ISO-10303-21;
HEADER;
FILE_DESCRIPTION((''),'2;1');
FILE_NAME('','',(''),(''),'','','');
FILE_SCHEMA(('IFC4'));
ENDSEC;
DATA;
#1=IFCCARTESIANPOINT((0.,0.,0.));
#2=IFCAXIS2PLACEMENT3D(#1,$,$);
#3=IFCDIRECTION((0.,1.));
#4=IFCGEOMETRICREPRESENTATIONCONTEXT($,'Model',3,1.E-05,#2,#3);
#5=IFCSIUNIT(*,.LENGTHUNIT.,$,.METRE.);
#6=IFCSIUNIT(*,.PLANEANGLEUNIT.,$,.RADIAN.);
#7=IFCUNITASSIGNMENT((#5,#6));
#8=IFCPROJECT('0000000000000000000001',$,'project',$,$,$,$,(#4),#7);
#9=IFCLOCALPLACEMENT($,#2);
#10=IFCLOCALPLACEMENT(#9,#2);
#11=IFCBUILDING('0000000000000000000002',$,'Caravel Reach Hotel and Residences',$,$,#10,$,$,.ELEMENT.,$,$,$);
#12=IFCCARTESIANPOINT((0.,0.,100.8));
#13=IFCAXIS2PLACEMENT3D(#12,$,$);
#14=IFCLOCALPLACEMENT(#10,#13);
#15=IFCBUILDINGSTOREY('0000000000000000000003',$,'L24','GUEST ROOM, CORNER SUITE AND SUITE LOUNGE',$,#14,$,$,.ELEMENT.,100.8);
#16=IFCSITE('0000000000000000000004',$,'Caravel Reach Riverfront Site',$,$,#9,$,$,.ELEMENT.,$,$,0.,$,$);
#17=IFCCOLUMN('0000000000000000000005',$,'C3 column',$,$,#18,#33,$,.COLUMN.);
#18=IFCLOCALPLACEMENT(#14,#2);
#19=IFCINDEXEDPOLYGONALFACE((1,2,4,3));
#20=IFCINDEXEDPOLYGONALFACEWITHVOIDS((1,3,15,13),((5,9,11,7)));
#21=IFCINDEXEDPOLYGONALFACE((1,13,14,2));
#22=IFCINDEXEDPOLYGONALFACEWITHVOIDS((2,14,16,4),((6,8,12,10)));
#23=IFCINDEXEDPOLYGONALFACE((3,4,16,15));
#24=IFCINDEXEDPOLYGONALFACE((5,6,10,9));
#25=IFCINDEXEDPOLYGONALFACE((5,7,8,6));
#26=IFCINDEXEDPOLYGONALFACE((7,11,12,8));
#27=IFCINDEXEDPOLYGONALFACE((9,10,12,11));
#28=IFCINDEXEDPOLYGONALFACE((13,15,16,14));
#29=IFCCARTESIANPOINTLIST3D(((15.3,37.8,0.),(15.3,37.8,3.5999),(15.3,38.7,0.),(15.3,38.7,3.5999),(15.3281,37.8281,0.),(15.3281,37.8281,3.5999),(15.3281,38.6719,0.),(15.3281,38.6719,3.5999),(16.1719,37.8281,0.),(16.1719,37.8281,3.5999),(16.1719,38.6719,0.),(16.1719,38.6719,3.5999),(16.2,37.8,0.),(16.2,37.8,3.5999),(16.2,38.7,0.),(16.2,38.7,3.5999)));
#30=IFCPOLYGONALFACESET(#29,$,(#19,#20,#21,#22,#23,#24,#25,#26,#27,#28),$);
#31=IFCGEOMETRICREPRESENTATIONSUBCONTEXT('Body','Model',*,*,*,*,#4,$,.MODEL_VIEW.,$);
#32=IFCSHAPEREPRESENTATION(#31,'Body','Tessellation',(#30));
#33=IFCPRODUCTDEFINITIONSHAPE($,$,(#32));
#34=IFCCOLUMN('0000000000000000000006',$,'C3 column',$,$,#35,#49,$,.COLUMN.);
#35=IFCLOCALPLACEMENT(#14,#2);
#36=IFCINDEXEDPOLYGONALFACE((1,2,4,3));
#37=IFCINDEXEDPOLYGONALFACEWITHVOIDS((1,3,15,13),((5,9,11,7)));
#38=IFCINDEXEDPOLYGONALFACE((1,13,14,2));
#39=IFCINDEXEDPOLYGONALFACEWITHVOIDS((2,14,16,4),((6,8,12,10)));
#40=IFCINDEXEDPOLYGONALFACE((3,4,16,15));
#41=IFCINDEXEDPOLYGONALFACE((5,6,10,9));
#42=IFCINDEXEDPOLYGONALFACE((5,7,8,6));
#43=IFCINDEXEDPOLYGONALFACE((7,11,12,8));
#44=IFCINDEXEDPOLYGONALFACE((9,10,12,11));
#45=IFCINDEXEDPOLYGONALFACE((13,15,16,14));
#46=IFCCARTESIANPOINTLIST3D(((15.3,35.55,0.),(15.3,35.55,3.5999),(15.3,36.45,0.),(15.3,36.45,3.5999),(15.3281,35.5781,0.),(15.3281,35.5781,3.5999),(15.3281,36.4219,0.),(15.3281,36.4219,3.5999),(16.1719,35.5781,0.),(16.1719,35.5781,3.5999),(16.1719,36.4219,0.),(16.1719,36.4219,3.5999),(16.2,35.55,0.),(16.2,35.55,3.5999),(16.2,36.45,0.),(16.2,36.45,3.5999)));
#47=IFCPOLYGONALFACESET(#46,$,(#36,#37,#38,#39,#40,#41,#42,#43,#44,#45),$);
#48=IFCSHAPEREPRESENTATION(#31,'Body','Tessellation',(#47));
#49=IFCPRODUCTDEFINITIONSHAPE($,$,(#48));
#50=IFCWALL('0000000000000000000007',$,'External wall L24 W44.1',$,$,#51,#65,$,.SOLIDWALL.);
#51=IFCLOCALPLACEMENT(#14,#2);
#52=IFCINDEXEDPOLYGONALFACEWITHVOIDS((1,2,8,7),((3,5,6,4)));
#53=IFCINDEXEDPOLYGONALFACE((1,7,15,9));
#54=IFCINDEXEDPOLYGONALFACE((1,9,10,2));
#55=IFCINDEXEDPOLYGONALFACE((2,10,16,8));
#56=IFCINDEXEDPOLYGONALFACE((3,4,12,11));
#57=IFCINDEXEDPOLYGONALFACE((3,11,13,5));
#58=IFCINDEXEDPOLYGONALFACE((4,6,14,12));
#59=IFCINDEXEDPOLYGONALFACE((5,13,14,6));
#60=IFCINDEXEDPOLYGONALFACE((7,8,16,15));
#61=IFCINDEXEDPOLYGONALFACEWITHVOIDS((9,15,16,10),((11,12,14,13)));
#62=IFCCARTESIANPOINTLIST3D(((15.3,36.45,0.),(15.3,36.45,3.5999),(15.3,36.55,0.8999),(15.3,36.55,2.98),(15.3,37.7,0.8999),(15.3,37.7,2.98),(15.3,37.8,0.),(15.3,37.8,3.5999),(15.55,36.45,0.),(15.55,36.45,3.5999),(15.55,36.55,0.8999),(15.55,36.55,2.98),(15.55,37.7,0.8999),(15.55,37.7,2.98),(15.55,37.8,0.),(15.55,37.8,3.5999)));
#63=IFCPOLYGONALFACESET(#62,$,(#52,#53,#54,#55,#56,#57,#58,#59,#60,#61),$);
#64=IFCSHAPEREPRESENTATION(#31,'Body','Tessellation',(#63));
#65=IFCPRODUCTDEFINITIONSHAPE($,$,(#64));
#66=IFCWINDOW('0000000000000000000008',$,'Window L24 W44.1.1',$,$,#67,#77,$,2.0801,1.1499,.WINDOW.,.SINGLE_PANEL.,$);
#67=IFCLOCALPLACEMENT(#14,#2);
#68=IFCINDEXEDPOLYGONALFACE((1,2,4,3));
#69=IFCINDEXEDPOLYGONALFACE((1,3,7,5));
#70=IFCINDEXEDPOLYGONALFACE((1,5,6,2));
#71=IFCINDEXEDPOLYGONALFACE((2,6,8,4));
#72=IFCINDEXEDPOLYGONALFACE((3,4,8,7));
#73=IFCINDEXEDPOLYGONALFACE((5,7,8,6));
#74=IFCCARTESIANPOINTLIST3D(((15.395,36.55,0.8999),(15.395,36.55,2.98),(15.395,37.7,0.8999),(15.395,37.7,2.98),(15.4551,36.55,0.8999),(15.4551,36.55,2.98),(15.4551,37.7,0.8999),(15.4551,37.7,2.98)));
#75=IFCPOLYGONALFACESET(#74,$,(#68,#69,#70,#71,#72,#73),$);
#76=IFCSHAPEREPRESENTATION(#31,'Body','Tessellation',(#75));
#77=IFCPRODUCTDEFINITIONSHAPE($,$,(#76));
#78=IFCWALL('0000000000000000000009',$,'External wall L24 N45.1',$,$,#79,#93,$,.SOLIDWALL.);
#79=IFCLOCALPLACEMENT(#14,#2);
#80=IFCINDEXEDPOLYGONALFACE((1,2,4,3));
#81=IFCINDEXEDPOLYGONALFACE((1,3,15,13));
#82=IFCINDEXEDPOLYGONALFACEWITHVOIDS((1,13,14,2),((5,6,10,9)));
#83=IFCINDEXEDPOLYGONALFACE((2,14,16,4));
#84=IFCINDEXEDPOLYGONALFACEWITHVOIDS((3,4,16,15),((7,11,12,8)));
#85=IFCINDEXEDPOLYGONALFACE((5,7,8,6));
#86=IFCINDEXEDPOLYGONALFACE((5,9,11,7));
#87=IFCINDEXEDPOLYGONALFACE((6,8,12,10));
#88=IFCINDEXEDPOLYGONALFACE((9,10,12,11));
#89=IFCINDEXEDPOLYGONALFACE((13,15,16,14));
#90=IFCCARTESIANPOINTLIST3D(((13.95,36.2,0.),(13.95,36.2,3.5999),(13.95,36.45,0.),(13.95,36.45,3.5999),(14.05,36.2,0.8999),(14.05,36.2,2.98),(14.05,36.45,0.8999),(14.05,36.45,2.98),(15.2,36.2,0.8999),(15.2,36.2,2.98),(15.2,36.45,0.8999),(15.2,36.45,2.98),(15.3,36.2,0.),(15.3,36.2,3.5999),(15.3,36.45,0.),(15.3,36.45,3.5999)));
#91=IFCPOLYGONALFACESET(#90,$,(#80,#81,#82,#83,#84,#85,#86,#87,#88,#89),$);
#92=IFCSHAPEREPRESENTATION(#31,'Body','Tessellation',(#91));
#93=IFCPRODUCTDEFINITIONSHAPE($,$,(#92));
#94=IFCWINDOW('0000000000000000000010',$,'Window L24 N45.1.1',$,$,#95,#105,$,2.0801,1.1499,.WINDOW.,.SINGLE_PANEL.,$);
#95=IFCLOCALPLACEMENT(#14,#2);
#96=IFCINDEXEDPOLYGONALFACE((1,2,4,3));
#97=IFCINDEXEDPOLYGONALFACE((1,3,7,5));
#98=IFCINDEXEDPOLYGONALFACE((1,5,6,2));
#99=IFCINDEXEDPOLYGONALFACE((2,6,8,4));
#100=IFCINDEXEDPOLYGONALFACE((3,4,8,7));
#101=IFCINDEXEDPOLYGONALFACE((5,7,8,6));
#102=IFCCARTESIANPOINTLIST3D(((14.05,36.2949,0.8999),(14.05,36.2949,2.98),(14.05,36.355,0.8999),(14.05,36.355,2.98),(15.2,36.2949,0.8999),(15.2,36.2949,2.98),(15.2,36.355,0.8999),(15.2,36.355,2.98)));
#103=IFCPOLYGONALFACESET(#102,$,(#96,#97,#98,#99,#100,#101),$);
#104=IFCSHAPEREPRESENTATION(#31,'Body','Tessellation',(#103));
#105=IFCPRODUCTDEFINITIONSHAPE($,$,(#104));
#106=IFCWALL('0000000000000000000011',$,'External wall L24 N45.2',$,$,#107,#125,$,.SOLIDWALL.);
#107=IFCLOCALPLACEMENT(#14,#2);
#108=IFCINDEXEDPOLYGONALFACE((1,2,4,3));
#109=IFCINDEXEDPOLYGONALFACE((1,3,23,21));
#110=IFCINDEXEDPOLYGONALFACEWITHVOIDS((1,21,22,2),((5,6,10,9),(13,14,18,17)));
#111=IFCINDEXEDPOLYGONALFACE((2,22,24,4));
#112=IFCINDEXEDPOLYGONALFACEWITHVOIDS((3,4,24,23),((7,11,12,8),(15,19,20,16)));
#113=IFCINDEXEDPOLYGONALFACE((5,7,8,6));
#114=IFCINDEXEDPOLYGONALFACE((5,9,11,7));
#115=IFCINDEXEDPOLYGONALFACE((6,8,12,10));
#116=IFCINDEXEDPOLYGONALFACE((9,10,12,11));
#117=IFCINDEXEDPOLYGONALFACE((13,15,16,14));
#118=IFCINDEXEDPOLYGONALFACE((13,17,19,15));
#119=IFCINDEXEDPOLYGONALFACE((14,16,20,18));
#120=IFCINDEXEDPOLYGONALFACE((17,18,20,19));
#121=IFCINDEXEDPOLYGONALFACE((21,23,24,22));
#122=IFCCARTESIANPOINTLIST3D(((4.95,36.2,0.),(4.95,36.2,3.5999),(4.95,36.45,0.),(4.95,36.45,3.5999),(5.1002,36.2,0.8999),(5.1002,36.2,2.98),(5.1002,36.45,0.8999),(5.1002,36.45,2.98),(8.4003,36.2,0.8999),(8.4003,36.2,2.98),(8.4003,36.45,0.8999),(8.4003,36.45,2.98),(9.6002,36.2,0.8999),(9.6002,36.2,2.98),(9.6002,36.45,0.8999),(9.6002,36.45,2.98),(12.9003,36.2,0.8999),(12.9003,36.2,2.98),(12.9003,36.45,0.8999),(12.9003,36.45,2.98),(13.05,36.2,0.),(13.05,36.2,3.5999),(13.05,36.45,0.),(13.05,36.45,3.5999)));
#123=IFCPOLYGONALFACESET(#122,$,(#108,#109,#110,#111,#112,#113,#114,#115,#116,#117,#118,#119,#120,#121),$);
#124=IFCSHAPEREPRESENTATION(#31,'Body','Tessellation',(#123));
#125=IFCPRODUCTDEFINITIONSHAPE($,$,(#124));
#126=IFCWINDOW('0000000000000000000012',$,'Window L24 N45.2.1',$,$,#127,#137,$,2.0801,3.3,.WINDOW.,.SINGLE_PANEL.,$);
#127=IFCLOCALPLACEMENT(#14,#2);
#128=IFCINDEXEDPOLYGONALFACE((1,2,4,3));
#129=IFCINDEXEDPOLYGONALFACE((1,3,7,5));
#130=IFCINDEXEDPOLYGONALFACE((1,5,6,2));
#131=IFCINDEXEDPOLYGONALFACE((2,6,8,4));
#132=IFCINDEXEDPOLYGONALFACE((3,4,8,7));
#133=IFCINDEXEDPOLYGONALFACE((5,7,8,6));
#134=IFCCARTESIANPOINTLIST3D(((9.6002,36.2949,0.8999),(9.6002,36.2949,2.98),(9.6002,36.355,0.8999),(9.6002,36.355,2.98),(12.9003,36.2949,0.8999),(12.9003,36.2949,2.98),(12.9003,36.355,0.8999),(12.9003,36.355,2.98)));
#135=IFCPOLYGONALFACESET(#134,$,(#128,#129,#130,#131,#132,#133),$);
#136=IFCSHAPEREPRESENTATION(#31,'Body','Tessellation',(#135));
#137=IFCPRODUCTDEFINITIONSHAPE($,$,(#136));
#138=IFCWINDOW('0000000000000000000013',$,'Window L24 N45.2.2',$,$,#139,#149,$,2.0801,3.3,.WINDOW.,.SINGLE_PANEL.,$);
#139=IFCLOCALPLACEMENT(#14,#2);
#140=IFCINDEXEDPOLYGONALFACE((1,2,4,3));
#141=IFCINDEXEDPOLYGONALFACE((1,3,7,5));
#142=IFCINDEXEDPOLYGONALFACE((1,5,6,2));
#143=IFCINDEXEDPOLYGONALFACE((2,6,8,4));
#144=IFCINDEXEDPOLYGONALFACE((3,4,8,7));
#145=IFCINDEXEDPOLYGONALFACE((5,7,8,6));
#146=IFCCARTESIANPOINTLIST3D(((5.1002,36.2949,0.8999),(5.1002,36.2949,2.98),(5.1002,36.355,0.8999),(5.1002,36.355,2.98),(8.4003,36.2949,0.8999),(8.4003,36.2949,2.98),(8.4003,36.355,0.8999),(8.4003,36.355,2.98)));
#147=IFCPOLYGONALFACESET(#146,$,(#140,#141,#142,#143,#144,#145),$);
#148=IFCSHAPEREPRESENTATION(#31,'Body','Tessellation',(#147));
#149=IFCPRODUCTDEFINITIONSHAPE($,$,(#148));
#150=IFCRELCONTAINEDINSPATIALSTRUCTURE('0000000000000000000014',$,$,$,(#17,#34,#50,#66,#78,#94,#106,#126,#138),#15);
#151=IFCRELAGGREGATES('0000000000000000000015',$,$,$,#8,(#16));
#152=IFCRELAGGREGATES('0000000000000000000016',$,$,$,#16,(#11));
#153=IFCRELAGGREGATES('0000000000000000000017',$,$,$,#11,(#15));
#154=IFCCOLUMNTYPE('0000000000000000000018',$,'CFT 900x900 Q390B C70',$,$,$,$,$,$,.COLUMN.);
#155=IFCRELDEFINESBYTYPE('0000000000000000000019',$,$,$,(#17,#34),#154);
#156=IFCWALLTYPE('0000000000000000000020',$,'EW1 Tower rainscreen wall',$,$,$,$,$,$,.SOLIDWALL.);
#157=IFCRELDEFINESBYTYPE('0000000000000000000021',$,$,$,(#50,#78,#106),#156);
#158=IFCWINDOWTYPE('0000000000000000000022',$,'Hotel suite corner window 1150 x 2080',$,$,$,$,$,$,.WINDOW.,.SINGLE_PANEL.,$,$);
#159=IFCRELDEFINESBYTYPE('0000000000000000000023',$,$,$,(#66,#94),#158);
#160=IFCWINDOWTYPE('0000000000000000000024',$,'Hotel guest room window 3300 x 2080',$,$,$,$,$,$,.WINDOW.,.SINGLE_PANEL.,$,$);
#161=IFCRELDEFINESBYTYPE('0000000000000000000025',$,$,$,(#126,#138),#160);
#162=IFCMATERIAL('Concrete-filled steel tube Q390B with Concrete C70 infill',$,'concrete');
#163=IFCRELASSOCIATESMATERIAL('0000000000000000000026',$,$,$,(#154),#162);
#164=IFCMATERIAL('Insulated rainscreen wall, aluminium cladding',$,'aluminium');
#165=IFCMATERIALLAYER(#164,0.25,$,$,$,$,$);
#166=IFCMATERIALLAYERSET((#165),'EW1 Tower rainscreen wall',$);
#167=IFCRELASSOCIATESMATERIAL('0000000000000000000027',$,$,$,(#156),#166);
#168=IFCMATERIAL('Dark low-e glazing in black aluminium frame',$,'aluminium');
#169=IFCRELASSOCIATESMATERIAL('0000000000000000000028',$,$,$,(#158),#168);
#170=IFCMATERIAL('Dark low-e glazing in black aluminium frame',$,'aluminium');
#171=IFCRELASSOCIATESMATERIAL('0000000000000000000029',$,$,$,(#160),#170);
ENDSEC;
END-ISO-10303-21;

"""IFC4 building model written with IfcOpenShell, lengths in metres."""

from ifc_helpers import new_model, si_unit, direction, frame, frame_2d, origin, origin_2d, place, context, subcontext, project, spatial, rectangle, hollow_rectangle, extrude, material, layer, layer_set, material_profile, profile_set, type_object, element, fill, save


model = new_model("IFC4")

# Units and contexts
model_context = context("Model", 3, precision=1e-05, world=origin(), true_north=direction((0.0, 1.0)))
body_context = subcontext(model_context, "Body", "Model", "MODEL_VIEW")
ifc_project = project(units=[si_unit("LENGTHUNIT", "METRE"), si_unit("PLANEANGLEUNIT", "RADIAN")], contexts=[model_context])

# Site, building, storey
site_placement = place(None, origin())
site = spatial("IfcSite", under=ifc_project, at=site_placement, Name="Caravel Reach Riverfront Site", CompositionType="ELEMENT", RefElevation=0.0)
building_placement = place(site_placement, origin())
building = spatial("IfcBuilding", under=site, at=building_placement, Name="Caravel Reach Hotel and Residences", CompositionType="ELEMENT")
storey_placement = place(building_placement, frame((0.0, 0.0, 100.8)))
storey = spatial("IfcBuildingStorey", under=building, at=storey_placement, Name="L24", Description="GUEST ROOM, CORNER SUITE AND SUITE LOUNGE", CompositionType="ELEMENT", Elevation=100.8)

# Columns
ifc_material_1 = material(Name="Concrete-filled steel tube Q390B with Concrete C70 infill", Category="concrete")
ifc_material_profile = material_profile(ifc_material_1, hollow_rectangle(XDim=0.8999, YDim=0.8999, WallThickness=0.0281, at=origin_2d()), Name="RHS 900x900x28")
ifc_profile_set = profile_set([ifc_material_profile], Name="Concrete-filled steel tube Q390B with Concrete C70 infill")
column_type = type_object("IfcColumnType", Name="CFT 900x900 Q390B C70", PredefinedType="COLUMN", material=ifc_profile_set)
for number, where, z_axis, x_axis, name in (
    (1, (15.75, 38.25, 0.0), (0.0, 0.0, 1.0), (1.0, 0.0, 0.0), "C3 column"),
    (2, (15.75, 36.0, 0.0), (0.0, 0.0, 1.0), (1.0, 0.0, 0.0), "C3 column"),
):
    element("IfcColumn", number, at=place(storey_placement, frame(where, z_axis=z_axis, x_axis=x_axis)), inside=storey, type_object=column_type, Name=name, PredefinedType="COLUMN", context=body_context, shape_type="SweptSolid", body=[
        extrude(hollow_rectangle(XDim=0.8999, YDim=0.8999, WallThickness=0.0281, at=origin_2d()), origin(), (0.0, 0.0, 1.0), 3.5999),
    ])

# Walls, openings, windows
ifc_material_2 = material(Name="Insulated rainscreen wall, aluminium cladding", Category="aluminium")
ifc_layer = layer(ifc_material_2, 0.25)
ifc_layer_set = layer_set([ifc_layer], Name="EW1 Tower rainscreen wall")
wall_type = type_object("IfcWallType", Name="EW1 Tower rainscreen wall", PredefinedType="SOLIDWALL", material=ifc_layer_set)
wall_1_placement = place(storey_placement, frame((15.425, 37.8, 0.0), z_axis=(0.0, 0.0, 1.0), x_axis=(0.0, -1.0, 0.0)))
wall_1 = element("IfcWall", 3, at=wall_1_placement, inside=storey, type_object=wall_type, Name="External wall L24 W44.1", PredefinedType="SOLIDWALL", context=body_context, shape_type="SweptSolid", body=[
    extrude(rectangle(XDim=1.3501, YDim=0.25, at=frame_2d((0.675, 0.0))), origin(), (0.0, 0.0, 1.0), 3.5999),
])
opening_1_placement = place(wall_1_placement, frame((0.1001, 0.0, 0.8999)))
opening_1 = element("IfcOpeningElement", 4, at=opening_1_placement, cuts=wall_1, PredefinedType="OPENING", context=body_context, shape_type="SweptSolid", body=[
    extrude(rectangle(XDim=1.1499, YDim=2.0801, at=frame_2d((0.575, 1.04))), frame((0.0, 0.135, 0.0), z_axis=(0.0, -1.0, 0.0), x_axis=(1.0, 0.0, 0.0)), (0.0, 0.0, 1.0), 0.27),
])
ifc_material_3 = material(Name="Dark low-e glazing in black aluminium frame", Category="aluminium")
window_type_1 = type_object("IfcWindowType", Name="Hotel suite corner window 1150 x 2080", PartitioningType="SINGLE_PANEL", PredefinedType="WINDOW", material=ifc_material_3)
window_1_placement = place(opening_1_placement, origin())
window_1 = element("IfcWindow", 5, at=window_1_placement, inside=storey, type_object=window_type_1, Name="Window L24 W44.1.1", OverallHeight=2.0801, OverallWidth=1.1499, PartitioningType="SINGLE_PANEL", PredefinedType="WINDOW", context=body_context, shape_type="SweptSolid", body=[
    extrude(rectangle(XDim=1.1499, YDim=2.0801, at=frame_2d((0.575, 1.04))), frame((0.0, 0.03, 0.0), z_axis=(0.0, -1.0, 0.0), x_axis=(1.0, 0.0, 0.0)), (0.0, 0.0, 1.0), 0.0601),
])
fill(opening_1, window_1)
wall_2_placement = place(storey_placement, frame((15.3, 36.325, 0.0), z_axis=(0.0, 0.0, 1.0), x_axis=(-1.0, 0.0, 0.0)))
wall_2 = element("IfcWall", 6, at=wall_2_placement, inside=storey, type_object=wall_type, Name="External wall L24 N45.1", PredefinedType="SOLIDWALL", context=body_context, shape_type="SweptSolid", body=[
    extrude(rectangle(XDim=1.3501, YDim=0.25, at=frame_2d((0.675, 0.0))), origin(), (0.0, 0.0, 1.0), 3.5999),
])
opening_2_placement = place(wall_2_placement, frame((0.1001, 0.0, 0.8999)))
opening_2 = element("IfcOpeningElement", 7, at=opening_2_placement, cuts=wall_2, PredefinedType="OPENING", context=body_context, shape_type="SweptSolid", body=[
    extrude(rectangle(XDim=1.1499, YDim=2.0801, at=frame_2d((0.575, 1.04))), frame((0.0, 0.135, 0.0), z_axis=(0.0, -1.0, 0.0), x_axis=(1.0, 0.0, 0.0)), (0.0, 0.0, 1.0), 0.27),
])
window_2_placement = place(opening_2_placement, origin())
window_2 = element("IfcWindow", 8, at=window_2_placement, inside=storey, type_object=window_type_1, Name="Window L24 N45.1.1", OverallHeight=2.0801, OverallWidth=1.1499, PartitioningType="SINGLE_PANEL", PredefinedType="WINDOW", context=body_context, shape_type="SweptSolid", body=[
    extrude(rectangle(XDim=1.1499, YDim=2.0801, at=frame_2d((0.575, 1.04))), frame((0.0, 0.03, 0.0), z_axis=(0.0, -1.0, 0.0), x_axis=(1.0, 0.0, 0.0)), (0.0, 0.0, 1.0), 0.0601),
])
fill(opening_2, window_2)

# Wall, openings, windows
wall_3_placement = place(storey_placement, frame((13.05, 36.325, 0.0), z_axis=(0.0, 0.0, 1.0), x_axis=(-1.0, 0.0, 0.0)))
wall_3 = element("IfcWall", 9, at=wall_3_placement, inside=storey, type_object=wall_type, Name="External wall L24 N45.2", PredefinedType="SOLIDWALL", context=body_context, shape_type="SweptSolid", body=[
    extrude(rectangle(XDim=8.1001, YDim=0.25, at=frame_2d((4.05, 0.0))), origin(), (0.0, 0.0, 1.0), 3.5999),
])
opening_3_placement = place(wall_3_placement, frame((0.1499, 0.0, 0.8999)))
opening_3 = element("IfcOpeningElement", 10, at=opening_3_placement, cuts=wall_3, PredefinedType="OPENING", context=body_context, shape_type="SweptSolid", body=[
    extrude(rectangle(XDim=3.3, YDim=2.0801, at=frame_2d((1.6499, 1.04))), frame((0.0, 0.135, 0.0), z_axis=(0.0, -1.0, 0.0), x_axis=(1.0, 0.0, 0.0)), (0.0, 0.0, 1.0), 0.27),
])
opening_4_placement = place(wall_3_placement, frame((4.6499, 0.0, 0.8999)))
opening_4 = element("IfcOpeningElement", 11, at=opening_4_placement, cuts=wall_3, PredefinedType="OPENING", context=body_context, shape_type="SweptSolid", body=[
    extrude(rectangle(XDim=3.3, YDim=2.0801, at=frame_2d((1.6499, 1.04))), frame((0.0, 0.135, 0.0), z_axis=(0.0, -1.0, 0.0), x_axis=(1.0, 0.0, 0.0)), (0.0, 0.0, 1.0), 0.27),
])
ifc_material_4 = material(Name="Dark low-e glazing in black aluminium frame", Category="aluminium")
window_type_2 = type_object("IfcWindowType", Name="Hotel guest room window 3300 x 2080", PartitioningType="SINGLE_PANEL", PredefinedType="WINDOW", material=ifc_material_4)
window_3_placement = place(opening_3_placement, origin())
window_3 = element("IfcWindow", 12, at=window_3_placement, inside=storey, type_object=window_type_2, Name="Window L24 N45.2.1", OverallHeight=2.0801, OverallWidth=3.3, PartitioningType="SINGLE_PANEL", PredefinedType="WINDOW", context=body_context, shape_type="SweptSolid", body=[
    extrude(rectangle(XDim=3.3, YDim=2.0801, at=frame_2d((1.6499, 1.04))), frame((0.0, 0.03, 0.0), z_axis=(0.0, -1.0, 0.0), x_axis=(1.0, 0.0, 0.0)), (0.0, 0.0, 1.0), 0.0601),
])
fill(opening_3, window_3)
window_4_placement = place(opening_4_placement, origin())
window_4 = element("IfcWindow", 13, at=window_4_placement, inside=storey, type_object=window_type_2, Name="Window L24 N45.2.2", OverallHeight=2.0801, OverallWidth=3.3, PartitioningType="SINGLE_PANEL", PredefinedType="WINDOW", context=body_context, shape_type="SweptSolid", body=[
    extrude(rectangle(XDim=3.3, YDim=2.0801, at=frame_2d((1.6499, 1.04))), frame((0.0, 0.03, 0.0), z_axis=(0.0, -1.0, 0.0), x_axis=(1.0, 0.0, 0.0)), (0.0, 0.0, 1.0), 0.0601),
])
fill(opening_4, window_4)

save(model, "model.ifc")
